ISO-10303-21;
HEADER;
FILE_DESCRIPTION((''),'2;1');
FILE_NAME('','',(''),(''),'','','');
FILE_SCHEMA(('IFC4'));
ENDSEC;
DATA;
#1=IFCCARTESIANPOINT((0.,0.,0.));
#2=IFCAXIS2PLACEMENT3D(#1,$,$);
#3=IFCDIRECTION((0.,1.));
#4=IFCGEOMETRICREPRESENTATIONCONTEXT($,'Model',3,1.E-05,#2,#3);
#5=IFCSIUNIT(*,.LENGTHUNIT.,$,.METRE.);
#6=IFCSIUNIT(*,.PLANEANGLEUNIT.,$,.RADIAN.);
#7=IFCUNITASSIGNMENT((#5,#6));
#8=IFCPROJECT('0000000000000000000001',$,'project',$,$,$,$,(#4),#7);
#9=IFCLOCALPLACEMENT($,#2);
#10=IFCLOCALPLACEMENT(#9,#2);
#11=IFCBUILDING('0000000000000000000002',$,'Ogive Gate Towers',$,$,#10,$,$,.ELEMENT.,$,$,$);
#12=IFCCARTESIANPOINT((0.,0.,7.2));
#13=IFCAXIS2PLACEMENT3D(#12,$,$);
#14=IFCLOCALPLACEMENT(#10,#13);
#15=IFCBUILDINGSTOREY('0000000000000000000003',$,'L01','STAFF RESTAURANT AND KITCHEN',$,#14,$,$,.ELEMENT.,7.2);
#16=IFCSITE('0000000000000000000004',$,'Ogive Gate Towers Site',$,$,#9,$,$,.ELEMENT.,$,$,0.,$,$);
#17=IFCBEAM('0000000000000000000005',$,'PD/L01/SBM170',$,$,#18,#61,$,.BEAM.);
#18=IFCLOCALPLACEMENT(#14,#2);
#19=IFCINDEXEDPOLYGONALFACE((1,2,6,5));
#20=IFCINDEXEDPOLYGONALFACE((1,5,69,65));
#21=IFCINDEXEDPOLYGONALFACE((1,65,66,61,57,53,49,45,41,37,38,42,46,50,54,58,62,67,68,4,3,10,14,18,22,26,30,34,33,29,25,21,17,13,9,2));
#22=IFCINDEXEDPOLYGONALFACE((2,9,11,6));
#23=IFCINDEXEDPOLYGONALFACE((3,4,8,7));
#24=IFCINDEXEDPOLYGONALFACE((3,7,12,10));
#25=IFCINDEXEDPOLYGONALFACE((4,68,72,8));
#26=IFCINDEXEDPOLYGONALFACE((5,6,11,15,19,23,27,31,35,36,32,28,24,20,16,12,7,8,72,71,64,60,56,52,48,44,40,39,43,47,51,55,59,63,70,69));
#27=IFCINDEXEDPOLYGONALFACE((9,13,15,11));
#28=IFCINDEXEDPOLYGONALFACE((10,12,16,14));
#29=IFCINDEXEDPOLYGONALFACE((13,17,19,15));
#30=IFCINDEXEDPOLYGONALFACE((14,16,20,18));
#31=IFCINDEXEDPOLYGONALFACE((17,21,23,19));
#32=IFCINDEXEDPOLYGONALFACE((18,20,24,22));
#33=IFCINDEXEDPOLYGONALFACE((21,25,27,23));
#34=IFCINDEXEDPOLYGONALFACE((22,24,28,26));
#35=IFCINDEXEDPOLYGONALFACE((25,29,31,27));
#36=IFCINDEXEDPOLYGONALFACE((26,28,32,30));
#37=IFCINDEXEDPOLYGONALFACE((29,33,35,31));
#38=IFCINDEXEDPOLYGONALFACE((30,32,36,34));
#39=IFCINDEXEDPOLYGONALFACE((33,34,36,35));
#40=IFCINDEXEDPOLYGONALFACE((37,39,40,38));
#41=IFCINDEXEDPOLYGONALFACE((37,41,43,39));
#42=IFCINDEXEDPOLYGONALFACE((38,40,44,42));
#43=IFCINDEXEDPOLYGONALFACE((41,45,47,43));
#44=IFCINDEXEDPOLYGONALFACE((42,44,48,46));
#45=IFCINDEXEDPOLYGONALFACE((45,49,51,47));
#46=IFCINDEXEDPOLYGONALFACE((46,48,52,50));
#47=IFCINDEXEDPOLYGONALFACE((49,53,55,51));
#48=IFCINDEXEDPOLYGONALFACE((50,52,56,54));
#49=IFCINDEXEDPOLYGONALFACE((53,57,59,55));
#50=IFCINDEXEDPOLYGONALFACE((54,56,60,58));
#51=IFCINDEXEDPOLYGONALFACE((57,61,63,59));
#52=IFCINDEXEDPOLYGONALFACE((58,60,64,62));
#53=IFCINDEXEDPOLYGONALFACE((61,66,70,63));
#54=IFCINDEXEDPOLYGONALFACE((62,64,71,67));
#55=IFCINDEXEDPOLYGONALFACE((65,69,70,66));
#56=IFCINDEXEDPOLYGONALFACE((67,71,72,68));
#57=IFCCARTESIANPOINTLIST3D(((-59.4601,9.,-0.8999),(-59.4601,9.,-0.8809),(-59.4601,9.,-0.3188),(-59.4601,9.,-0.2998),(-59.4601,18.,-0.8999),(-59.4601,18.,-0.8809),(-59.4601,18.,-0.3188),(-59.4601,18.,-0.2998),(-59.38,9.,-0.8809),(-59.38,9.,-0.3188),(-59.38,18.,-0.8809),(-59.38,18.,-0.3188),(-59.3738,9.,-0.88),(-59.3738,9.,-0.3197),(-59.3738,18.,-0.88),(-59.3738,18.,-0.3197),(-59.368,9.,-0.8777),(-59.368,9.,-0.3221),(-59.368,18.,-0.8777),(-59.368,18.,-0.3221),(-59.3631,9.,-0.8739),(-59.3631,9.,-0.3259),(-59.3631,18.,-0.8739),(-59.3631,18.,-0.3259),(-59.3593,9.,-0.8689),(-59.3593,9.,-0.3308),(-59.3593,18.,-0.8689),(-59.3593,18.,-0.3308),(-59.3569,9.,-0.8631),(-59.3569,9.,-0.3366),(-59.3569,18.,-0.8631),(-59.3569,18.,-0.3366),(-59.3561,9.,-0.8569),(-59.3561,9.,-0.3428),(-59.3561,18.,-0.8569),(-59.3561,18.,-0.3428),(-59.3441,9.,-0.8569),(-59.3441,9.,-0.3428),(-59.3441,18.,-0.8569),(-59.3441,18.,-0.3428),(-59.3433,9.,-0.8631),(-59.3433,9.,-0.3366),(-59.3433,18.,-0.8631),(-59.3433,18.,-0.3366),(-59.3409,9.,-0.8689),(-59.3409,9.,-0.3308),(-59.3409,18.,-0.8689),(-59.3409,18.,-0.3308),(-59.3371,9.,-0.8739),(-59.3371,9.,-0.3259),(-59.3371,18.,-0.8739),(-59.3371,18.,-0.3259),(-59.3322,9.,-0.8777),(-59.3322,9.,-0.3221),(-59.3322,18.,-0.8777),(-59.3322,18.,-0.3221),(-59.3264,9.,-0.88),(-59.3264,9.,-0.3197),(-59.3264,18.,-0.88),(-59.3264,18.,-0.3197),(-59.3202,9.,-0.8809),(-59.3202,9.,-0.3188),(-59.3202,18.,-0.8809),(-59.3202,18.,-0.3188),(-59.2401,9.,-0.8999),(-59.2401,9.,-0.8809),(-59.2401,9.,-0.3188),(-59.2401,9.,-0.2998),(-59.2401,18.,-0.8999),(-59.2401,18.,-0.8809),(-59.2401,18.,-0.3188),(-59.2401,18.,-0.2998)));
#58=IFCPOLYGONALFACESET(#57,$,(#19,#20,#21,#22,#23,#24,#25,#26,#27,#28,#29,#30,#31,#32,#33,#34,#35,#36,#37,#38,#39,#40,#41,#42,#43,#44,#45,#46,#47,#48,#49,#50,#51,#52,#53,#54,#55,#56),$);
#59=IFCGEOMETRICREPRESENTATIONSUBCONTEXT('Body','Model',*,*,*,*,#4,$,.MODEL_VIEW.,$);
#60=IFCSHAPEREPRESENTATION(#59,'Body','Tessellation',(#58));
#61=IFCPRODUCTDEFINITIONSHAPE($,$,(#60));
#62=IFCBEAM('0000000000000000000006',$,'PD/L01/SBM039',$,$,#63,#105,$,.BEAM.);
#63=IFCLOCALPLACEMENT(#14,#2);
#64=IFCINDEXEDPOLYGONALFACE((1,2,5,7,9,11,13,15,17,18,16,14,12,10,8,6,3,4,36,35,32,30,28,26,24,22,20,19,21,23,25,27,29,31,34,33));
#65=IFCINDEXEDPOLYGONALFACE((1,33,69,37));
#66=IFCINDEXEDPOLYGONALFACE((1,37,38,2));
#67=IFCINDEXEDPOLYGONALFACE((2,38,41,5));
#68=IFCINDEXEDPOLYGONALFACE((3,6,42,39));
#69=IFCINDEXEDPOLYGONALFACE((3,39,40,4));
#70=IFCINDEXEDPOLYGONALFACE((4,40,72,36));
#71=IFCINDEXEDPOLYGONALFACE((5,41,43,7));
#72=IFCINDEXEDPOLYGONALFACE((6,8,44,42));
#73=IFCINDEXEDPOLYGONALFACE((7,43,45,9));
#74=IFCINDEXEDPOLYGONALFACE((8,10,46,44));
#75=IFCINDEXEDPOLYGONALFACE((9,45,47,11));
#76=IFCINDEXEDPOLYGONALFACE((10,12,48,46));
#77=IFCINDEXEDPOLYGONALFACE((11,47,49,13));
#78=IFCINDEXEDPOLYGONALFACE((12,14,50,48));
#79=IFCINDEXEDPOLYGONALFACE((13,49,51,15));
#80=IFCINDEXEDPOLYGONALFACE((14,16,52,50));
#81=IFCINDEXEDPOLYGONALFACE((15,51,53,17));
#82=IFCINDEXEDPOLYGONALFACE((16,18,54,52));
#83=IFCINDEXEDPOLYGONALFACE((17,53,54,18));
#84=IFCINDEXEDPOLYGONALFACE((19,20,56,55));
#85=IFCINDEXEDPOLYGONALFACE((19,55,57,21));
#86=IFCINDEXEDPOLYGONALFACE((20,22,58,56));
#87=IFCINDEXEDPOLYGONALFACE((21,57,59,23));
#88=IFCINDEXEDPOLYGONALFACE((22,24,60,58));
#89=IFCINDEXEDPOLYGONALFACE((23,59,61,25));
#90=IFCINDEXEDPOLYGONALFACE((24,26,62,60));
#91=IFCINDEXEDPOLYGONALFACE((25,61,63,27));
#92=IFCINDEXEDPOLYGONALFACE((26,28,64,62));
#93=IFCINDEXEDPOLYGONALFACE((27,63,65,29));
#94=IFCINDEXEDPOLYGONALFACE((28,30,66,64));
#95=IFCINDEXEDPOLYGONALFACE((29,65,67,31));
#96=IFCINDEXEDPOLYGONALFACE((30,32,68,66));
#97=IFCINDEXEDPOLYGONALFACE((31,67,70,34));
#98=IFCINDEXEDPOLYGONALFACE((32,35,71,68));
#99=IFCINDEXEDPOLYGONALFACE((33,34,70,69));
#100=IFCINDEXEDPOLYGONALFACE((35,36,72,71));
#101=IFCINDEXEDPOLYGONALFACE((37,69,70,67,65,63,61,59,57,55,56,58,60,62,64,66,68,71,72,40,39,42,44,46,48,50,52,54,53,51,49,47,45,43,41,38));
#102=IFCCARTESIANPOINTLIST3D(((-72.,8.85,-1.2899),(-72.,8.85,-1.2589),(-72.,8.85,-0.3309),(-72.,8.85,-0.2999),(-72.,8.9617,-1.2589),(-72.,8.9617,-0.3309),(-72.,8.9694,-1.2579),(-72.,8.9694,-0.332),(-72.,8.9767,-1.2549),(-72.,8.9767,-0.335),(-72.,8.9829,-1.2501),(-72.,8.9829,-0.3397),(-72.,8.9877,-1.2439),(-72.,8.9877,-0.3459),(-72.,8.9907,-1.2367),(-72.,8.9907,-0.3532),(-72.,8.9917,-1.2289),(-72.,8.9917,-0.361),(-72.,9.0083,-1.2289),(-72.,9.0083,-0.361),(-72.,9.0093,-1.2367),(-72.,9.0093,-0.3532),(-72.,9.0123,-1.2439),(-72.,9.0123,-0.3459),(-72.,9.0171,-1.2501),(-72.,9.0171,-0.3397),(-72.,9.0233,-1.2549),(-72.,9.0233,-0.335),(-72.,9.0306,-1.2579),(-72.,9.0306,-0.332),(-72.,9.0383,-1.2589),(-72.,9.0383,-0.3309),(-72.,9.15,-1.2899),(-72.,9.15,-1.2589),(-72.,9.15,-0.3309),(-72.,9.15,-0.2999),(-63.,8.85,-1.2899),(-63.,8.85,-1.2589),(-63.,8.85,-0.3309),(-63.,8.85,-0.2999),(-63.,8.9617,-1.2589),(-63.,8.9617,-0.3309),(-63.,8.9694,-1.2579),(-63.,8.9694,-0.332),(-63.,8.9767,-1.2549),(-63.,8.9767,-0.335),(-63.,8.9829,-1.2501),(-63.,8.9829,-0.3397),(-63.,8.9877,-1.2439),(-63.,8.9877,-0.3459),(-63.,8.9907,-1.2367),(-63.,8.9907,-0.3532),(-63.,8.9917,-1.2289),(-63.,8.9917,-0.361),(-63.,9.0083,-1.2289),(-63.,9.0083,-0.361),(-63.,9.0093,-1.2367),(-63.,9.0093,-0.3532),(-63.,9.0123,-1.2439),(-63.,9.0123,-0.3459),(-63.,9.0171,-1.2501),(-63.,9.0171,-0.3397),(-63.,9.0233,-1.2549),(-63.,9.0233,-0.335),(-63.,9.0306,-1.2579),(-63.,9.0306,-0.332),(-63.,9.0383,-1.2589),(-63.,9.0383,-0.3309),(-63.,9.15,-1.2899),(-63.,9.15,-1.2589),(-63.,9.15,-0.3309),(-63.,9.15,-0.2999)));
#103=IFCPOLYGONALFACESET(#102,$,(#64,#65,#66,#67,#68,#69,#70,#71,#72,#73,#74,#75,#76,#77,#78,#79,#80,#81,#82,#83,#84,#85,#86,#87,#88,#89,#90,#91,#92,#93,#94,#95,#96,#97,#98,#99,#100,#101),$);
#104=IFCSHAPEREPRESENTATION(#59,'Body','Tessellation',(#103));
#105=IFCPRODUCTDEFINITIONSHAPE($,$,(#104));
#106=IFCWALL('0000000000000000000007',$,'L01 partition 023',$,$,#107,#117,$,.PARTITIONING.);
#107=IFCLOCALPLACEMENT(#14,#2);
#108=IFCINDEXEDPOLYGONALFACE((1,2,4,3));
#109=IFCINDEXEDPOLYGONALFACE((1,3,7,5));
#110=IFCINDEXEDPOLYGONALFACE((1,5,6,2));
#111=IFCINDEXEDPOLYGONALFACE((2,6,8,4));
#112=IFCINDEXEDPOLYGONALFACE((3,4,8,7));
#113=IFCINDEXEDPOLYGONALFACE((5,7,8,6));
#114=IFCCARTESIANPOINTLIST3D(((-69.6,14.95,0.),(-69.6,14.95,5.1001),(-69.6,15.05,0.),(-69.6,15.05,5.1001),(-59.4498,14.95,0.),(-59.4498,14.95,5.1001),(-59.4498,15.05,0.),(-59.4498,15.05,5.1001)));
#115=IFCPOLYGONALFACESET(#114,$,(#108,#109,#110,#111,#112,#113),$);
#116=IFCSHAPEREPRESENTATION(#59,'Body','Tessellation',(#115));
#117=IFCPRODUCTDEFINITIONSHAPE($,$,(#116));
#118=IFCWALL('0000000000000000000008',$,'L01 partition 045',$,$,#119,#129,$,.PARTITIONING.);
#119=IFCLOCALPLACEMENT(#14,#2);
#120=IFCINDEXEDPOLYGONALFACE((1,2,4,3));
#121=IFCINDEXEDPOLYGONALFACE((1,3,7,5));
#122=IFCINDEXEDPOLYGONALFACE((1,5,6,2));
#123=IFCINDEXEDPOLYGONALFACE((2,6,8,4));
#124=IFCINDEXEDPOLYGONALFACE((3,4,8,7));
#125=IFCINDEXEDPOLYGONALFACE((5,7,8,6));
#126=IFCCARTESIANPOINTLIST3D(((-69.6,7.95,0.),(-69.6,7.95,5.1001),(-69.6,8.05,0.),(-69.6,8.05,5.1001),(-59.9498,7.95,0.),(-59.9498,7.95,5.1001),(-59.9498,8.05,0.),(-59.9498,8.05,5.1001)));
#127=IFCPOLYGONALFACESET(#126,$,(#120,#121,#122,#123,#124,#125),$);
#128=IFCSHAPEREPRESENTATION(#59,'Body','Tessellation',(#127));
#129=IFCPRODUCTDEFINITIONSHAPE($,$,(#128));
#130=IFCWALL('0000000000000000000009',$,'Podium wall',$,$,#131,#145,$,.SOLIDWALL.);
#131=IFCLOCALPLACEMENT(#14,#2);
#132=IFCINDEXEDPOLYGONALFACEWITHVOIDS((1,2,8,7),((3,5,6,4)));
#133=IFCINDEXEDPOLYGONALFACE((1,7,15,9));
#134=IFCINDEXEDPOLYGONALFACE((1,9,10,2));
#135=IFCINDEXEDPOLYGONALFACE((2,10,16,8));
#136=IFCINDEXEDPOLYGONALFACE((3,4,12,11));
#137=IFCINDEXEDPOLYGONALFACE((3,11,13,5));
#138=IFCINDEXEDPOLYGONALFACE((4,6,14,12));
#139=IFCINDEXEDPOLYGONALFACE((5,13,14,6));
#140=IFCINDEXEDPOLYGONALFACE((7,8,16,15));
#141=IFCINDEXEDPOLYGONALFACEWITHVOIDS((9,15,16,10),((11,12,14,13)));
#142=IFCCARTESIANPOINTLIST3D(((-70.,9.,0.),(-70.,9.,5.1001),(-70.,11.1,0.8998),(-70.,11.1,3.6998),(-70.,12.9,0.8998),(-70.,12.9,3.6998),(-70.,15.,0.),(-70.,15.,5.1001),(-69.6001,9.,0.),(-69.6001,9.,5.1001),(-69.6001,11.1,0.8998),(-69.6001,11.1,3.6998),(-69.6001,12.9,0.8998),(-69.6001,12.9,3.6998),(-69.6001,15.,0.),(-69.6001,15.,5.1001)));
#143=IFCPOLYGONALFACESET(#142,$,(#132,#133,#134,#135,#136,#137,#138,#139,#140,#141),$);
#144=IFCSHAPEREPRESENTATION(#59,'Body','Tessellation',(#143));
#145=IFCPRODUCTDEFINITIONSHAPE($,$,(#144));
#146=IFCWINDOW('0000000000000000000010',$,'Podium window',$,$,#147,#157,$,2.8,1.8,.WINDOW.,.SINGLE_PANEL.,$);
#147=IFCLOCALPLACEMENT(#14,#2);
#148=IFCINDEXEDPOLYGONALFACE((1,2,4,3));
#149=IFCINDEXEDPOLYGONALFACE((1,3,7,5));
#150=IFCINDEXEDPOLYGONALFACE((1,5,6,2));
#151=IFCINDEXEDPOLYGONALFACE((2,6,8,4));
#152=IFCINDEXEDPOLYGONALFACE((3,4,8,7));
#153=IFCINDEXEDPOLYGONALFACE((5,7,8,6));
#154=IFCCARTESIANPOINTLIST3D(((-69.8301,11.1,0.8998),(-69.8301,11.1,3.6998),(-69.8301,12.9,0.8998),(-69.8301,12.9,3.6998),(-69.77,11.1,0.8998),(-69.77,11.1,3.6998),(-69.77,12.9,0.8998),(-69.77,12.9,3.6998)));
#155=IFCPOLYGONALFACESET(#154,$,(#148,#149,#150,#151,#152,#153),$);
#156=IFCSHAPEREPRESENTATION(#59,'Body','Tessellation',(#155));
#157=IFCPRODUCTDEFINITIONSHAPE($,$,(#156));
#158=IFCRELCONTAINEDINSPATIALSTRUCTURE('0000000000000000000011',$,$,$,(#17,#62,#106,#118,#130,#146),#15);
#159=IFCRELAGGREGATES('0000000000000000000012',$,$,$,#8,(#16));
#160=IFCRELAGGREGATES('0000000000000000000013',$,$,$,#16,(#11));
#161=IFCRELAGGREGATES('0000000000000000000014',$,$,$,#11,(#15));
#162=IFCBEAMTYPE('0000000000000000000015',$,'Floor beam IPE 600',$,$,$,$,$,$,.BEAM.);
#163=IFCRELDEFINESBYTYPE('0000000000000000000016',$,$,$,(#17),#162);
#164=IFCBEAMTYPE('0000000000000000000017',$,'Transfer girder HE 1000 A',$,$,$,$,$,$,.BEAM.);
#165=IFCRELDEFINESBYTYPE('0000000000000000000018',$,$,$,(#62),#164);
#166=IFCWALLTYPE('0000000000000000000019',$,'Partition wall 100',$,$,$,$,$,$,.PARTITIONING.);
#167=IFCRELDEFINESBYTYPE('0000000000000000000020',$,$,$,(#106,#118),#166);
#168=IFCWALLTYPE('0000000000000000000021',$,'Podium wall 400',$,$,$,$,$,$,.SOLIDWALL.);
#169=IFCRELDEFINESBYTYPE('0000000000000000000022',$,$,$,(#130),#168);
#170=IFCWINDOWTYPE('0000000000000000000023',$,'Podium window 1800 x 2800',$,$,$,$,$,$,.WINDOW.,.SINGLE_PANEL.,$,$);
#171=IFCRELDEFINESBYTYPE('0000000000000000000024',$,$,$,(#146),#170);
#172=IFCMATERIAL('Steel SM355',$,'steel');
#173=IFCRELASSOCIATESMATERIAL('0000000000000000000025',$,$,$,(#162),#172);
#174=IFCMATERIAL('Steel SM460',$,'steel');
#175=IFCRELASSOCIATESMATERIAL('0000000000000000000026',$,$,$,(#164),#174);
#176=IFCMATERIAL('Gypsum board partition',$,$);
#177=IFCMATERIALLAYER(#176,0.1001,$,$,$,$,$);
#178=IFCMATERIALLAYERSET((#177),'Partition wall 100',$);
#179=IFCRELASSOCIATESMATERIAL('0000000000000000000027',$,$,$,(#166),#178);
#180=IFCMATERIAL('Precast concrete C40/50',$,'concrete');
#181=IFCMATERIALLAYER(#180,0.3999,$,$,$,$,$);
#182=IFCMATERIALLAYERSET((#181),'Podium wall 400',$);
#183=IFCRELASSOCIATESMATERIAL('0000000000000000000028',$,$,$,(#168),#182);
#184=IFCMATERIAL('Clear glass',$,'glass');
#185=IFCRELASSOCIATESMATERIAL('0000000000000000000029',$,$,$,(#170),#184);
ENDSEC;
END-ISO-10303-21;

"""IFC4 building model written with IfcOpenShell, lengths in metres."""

from ifc_helpers import new_model, si_unit, direction, frame, frame_2d, origin, origin_2d, place, context, subcontext, project, spatial, rectangle, i_section, extrude, material, layer, layer_set, material_profile, profile_set, type_object, element, fill, save


model = new_model("IFC4")

# Units and contexts
model_context = context("Model", 3, precision=1e-05, world=origin(), true_north=direction((0.0, 1.0)))
body_context = subcontext(model_context, "Body", "Model", "MODEL_VIEW")
ifc_project = project(units=[si_unit("LENGTHUNIT", "METRE"), si_unit("PLANEANGLEUNIT", "RADIAN")], contexts=[model_context])

# Site, building, storey
site_placement = place(None, origin())
site = spatial("IfcSite", under=ifc_project, at=site_placement, Name="Ogive Gate Towers Site", CompositionType="ELEMENT", RefElevation=0.0)
building_placement = place(site_placement, origin())
building = spatial("IfcBuilding", under=site, at=building_placement, Name="Ogive Gate Towers", CompositionType="ELEMENT")
storey_placement = place(building_placement, frame((0.0, 0.0, 7.2)))
storey = spatial("IfcBuildingStorey", under=building, at=storey_placement, Name="L01", Description="STAFF RESTAURANT AND KITCHEN", CompositionType="ELEMENT", Elevation=7.2)

# Beams
ifc_material_1 = material(Name="Steel SM460", Category="steel")
ifc_material_2 = material(Name="Steel SM355", Category="steel")
ifc_material_profile_1 = material_profile(ifc_material_2, i_section(OverallWidth=0.22, OverallDepth=0.6001, WebThickness=0.012, FlangeThickness=0.019, FilletRadius=0.0239, at=origin_2d()), Name="IPE 600")
ifc_profile_set_1 = profile_set([ifc_material_profile_1], Name="Steel SM355")
beam_type_1 = type_object("IfcBeamType", Name="Floor beam IPE 600", PredefinedType="BEAM", material=ifc_profile_set_1)
for number, where, z_axis, x_axis, name in (
    (1, (-59.3501, 9.0, -0.5999), (0.0, 1.0, 0.0), (-1.0, 0.0, 0.0), "PD/L01/SBM170"),
):
    element("IfcBeam", number, at=place(storey_placement, frame(where, z_axis=z_axis, x_axis=x_axis)), inside=storey, type_object=beam_type_1, Name=name, PredefinedType="BEAM", context=body_context, shape_type="SweptSolid", body=[
        extrude(i_section(OverallWidth=0.22, OverallDepth=0.6001, WebThickness=0.012, FlangeThickness=0.019, FilletRadius=0.0239, at=origin_2d()), origin(), (0.0, 0.0, 1.0), 9.0),
    ])
ifc_material_profile_2 = material_profile(ifc_material_1, i_section(OverallWidth=0.3, OverallDepth=0.99, WebThickness=0.0166, FlangeThickness=0.031, FilletRadius=0.03, at=origin_2d()), Name="HE 1000 A")
ifc_profile_set_2 = profile_set([ifc_material_profile_2], Name="Steel SM460")
beam_type_2 = type_object("IfcBeamType", Name="Transfer girder HE 1000 A", PredefinedType="BEAM", material=ifc_profile_set_2)
beam_1_placement = place(storey_placement, frame((-72.0, 9.0, -0.7949), z_axis=(1.0, 0.0, 0.0), x_axis=(0.0, 1.0, 0.0)))
element("IfcBeam", 2, at=beam_1_placement, inside=storey, type_object=beam_type_2, Name="PD/L01/SBM039", PredefinedType="BEAM", context=body_context, shape_type="SweptSolid", body=[
    extrude(i_section(OverallWidth=0.3, OverallDepth=0.99, WebThickness=0.0166, FlangeThickness=0.031, FilletRadius=0.03, at=origin_2d()), origin(), (0.0, 0.0, 1.0), 9.0),
])

# Walls
ifc_material_3 = material(Name="Gypsum board partition")
ifc_layer_1 = layer(ifc_material_3, 0.1001)
ifc_layer_set_1 = layer_set([ifc_layer_1], Name="Partition wall 100")
wall_type_1 = type_object("IfcWallType", Name="Partition wall 100", PredefinedType="PARTITIONING", material=ifc_layer_set_1)
wall_1_placement = place(storey_placement, frame((-69.6001, 15.0, 0.0), z_axis=(0.0, 0.0, 1.0), x_axis=(1.0, 0.0, 0.0)))
element("IfcWall", 3, at=wall_1_placement, inside=storey, type_object=wall_type_1, Name="L01 partition 023", PredefinedType="PARTITIONING", context=body_context, shape_type="SweptSolid", body=[
    extrude(rectangle(XDim=10.1501, YDim=0.1001, at=frame_2d((5.0752, 0.0))), origin(), (0.0, 0.0, 1.0), 5.1001),
])
wall_2_placement = place(storey_placement, frame((-69.6001, 8.0, 0.0), z_axis=(0.0, 0.0, 1.0), x_axis=(1.0, 0.0, 0.0)))
element("IfcWall", 4, at=wall_2_placement, inside=storey, type_object=wall_type_1, Name="L01 partition 045", PredefinedType="PARTITIONING", context=body_context, shape_type="SweptSolid", body=[
    extrude(rectangle(XDim=9.6501, YDim=0.1001, at=frame_2d((4.8252, 0.0))), origin(), (0.0, 0.0, 1.0), 5.1001),
])

# Wall, opening, window
ifc_material_4 = material(Name="Precast concrete C40/50", Category="concrete")
ifc_layer_2 = layer(ifc_material_4, 0.3999)
ifc_layer_set_2 = layer_set([ifc_layer_2], Name="Podium wall 400")
wall_type_2 = type_object("IfcWallType", Name="Podium wall 400", PredefinedType="SOLIDWALL", material=ifc_layer_set_2)
wall_3_placement = place(storey_placement, frame((-69.8, 15.0, 0.0), z_axis=(0.0, 0.0, 1.0), x_axis=(0.0, -1.0, 0.0)))
wall_3 = element("IfcWall", 5, at=wall_3_placement, inside=storey, type_object=wall_type_2, Name="Podium wall", PredefinedType="SOLIDWALL", context=body_context, shape_type="SweptSolid", body=[
    extrude(rectangle(XDim=6.0, YDim=0.3999, at=frame_2d((3.0, 0.0))), origin(), (0.0, 0.0, 1.0), 5.1001),
])
opening_1_placement = place(wall_3_placement, frame((2.1001, 0.0, 0.8999)))
opening_1 = element("IfcOpeningElement", 6, at=opening_1_placement, cuts=wall_3, PredefinedType="OPENING", context=body_context, shape_type="SweptSolid", body=[
    extrude(rectangle(XDim=1.8, YDim=2.8, at=frame_2d((0.8999, 1.3999))), frame((0.0, 0.21, 0.0), z_axis=(0.0, -1.0, 0.0), x_axis=(1.0, 0.0, 0.0)), (0.0, 0.0, 1.0), 0.4199),
])
ifc_material_5 = material(Name="Clear glass", Category="glass")
window_type = type_object("IfcWindowType", Name="Podium window 1800 x 2800", PartitioningType="SINGLE_PANEL", PredefinedType="WINDOW", material=ifc_material_5)
window_1_placement = place(opening_1_placement, origin())
window_1 = element("IfcWindow", 7, at=window_1_placement, inside=storey, type_object=window_type, Name="Podium window", OverallHeight=2.8, OverallWidth=1.8, PartitioningType="SINGLE_PANEL", PredefinedType="WINDOW", context=body_context, shape_type="SweptSolid", body=[
    extrude(rectangle(XDim=1.8, YDim=2.8, at=frame_2d((0.8999, 1.3999))), frame((0.0, 0.03, 0.0), z_axis=(0.0, -1.0, 0.0), x_axis=(1.0, 0.0, 0.0)), (0.0, 0.0, 1.0), 0.0601),
])
fill(opening_1, window_1)

save(model, "model.ifc")
